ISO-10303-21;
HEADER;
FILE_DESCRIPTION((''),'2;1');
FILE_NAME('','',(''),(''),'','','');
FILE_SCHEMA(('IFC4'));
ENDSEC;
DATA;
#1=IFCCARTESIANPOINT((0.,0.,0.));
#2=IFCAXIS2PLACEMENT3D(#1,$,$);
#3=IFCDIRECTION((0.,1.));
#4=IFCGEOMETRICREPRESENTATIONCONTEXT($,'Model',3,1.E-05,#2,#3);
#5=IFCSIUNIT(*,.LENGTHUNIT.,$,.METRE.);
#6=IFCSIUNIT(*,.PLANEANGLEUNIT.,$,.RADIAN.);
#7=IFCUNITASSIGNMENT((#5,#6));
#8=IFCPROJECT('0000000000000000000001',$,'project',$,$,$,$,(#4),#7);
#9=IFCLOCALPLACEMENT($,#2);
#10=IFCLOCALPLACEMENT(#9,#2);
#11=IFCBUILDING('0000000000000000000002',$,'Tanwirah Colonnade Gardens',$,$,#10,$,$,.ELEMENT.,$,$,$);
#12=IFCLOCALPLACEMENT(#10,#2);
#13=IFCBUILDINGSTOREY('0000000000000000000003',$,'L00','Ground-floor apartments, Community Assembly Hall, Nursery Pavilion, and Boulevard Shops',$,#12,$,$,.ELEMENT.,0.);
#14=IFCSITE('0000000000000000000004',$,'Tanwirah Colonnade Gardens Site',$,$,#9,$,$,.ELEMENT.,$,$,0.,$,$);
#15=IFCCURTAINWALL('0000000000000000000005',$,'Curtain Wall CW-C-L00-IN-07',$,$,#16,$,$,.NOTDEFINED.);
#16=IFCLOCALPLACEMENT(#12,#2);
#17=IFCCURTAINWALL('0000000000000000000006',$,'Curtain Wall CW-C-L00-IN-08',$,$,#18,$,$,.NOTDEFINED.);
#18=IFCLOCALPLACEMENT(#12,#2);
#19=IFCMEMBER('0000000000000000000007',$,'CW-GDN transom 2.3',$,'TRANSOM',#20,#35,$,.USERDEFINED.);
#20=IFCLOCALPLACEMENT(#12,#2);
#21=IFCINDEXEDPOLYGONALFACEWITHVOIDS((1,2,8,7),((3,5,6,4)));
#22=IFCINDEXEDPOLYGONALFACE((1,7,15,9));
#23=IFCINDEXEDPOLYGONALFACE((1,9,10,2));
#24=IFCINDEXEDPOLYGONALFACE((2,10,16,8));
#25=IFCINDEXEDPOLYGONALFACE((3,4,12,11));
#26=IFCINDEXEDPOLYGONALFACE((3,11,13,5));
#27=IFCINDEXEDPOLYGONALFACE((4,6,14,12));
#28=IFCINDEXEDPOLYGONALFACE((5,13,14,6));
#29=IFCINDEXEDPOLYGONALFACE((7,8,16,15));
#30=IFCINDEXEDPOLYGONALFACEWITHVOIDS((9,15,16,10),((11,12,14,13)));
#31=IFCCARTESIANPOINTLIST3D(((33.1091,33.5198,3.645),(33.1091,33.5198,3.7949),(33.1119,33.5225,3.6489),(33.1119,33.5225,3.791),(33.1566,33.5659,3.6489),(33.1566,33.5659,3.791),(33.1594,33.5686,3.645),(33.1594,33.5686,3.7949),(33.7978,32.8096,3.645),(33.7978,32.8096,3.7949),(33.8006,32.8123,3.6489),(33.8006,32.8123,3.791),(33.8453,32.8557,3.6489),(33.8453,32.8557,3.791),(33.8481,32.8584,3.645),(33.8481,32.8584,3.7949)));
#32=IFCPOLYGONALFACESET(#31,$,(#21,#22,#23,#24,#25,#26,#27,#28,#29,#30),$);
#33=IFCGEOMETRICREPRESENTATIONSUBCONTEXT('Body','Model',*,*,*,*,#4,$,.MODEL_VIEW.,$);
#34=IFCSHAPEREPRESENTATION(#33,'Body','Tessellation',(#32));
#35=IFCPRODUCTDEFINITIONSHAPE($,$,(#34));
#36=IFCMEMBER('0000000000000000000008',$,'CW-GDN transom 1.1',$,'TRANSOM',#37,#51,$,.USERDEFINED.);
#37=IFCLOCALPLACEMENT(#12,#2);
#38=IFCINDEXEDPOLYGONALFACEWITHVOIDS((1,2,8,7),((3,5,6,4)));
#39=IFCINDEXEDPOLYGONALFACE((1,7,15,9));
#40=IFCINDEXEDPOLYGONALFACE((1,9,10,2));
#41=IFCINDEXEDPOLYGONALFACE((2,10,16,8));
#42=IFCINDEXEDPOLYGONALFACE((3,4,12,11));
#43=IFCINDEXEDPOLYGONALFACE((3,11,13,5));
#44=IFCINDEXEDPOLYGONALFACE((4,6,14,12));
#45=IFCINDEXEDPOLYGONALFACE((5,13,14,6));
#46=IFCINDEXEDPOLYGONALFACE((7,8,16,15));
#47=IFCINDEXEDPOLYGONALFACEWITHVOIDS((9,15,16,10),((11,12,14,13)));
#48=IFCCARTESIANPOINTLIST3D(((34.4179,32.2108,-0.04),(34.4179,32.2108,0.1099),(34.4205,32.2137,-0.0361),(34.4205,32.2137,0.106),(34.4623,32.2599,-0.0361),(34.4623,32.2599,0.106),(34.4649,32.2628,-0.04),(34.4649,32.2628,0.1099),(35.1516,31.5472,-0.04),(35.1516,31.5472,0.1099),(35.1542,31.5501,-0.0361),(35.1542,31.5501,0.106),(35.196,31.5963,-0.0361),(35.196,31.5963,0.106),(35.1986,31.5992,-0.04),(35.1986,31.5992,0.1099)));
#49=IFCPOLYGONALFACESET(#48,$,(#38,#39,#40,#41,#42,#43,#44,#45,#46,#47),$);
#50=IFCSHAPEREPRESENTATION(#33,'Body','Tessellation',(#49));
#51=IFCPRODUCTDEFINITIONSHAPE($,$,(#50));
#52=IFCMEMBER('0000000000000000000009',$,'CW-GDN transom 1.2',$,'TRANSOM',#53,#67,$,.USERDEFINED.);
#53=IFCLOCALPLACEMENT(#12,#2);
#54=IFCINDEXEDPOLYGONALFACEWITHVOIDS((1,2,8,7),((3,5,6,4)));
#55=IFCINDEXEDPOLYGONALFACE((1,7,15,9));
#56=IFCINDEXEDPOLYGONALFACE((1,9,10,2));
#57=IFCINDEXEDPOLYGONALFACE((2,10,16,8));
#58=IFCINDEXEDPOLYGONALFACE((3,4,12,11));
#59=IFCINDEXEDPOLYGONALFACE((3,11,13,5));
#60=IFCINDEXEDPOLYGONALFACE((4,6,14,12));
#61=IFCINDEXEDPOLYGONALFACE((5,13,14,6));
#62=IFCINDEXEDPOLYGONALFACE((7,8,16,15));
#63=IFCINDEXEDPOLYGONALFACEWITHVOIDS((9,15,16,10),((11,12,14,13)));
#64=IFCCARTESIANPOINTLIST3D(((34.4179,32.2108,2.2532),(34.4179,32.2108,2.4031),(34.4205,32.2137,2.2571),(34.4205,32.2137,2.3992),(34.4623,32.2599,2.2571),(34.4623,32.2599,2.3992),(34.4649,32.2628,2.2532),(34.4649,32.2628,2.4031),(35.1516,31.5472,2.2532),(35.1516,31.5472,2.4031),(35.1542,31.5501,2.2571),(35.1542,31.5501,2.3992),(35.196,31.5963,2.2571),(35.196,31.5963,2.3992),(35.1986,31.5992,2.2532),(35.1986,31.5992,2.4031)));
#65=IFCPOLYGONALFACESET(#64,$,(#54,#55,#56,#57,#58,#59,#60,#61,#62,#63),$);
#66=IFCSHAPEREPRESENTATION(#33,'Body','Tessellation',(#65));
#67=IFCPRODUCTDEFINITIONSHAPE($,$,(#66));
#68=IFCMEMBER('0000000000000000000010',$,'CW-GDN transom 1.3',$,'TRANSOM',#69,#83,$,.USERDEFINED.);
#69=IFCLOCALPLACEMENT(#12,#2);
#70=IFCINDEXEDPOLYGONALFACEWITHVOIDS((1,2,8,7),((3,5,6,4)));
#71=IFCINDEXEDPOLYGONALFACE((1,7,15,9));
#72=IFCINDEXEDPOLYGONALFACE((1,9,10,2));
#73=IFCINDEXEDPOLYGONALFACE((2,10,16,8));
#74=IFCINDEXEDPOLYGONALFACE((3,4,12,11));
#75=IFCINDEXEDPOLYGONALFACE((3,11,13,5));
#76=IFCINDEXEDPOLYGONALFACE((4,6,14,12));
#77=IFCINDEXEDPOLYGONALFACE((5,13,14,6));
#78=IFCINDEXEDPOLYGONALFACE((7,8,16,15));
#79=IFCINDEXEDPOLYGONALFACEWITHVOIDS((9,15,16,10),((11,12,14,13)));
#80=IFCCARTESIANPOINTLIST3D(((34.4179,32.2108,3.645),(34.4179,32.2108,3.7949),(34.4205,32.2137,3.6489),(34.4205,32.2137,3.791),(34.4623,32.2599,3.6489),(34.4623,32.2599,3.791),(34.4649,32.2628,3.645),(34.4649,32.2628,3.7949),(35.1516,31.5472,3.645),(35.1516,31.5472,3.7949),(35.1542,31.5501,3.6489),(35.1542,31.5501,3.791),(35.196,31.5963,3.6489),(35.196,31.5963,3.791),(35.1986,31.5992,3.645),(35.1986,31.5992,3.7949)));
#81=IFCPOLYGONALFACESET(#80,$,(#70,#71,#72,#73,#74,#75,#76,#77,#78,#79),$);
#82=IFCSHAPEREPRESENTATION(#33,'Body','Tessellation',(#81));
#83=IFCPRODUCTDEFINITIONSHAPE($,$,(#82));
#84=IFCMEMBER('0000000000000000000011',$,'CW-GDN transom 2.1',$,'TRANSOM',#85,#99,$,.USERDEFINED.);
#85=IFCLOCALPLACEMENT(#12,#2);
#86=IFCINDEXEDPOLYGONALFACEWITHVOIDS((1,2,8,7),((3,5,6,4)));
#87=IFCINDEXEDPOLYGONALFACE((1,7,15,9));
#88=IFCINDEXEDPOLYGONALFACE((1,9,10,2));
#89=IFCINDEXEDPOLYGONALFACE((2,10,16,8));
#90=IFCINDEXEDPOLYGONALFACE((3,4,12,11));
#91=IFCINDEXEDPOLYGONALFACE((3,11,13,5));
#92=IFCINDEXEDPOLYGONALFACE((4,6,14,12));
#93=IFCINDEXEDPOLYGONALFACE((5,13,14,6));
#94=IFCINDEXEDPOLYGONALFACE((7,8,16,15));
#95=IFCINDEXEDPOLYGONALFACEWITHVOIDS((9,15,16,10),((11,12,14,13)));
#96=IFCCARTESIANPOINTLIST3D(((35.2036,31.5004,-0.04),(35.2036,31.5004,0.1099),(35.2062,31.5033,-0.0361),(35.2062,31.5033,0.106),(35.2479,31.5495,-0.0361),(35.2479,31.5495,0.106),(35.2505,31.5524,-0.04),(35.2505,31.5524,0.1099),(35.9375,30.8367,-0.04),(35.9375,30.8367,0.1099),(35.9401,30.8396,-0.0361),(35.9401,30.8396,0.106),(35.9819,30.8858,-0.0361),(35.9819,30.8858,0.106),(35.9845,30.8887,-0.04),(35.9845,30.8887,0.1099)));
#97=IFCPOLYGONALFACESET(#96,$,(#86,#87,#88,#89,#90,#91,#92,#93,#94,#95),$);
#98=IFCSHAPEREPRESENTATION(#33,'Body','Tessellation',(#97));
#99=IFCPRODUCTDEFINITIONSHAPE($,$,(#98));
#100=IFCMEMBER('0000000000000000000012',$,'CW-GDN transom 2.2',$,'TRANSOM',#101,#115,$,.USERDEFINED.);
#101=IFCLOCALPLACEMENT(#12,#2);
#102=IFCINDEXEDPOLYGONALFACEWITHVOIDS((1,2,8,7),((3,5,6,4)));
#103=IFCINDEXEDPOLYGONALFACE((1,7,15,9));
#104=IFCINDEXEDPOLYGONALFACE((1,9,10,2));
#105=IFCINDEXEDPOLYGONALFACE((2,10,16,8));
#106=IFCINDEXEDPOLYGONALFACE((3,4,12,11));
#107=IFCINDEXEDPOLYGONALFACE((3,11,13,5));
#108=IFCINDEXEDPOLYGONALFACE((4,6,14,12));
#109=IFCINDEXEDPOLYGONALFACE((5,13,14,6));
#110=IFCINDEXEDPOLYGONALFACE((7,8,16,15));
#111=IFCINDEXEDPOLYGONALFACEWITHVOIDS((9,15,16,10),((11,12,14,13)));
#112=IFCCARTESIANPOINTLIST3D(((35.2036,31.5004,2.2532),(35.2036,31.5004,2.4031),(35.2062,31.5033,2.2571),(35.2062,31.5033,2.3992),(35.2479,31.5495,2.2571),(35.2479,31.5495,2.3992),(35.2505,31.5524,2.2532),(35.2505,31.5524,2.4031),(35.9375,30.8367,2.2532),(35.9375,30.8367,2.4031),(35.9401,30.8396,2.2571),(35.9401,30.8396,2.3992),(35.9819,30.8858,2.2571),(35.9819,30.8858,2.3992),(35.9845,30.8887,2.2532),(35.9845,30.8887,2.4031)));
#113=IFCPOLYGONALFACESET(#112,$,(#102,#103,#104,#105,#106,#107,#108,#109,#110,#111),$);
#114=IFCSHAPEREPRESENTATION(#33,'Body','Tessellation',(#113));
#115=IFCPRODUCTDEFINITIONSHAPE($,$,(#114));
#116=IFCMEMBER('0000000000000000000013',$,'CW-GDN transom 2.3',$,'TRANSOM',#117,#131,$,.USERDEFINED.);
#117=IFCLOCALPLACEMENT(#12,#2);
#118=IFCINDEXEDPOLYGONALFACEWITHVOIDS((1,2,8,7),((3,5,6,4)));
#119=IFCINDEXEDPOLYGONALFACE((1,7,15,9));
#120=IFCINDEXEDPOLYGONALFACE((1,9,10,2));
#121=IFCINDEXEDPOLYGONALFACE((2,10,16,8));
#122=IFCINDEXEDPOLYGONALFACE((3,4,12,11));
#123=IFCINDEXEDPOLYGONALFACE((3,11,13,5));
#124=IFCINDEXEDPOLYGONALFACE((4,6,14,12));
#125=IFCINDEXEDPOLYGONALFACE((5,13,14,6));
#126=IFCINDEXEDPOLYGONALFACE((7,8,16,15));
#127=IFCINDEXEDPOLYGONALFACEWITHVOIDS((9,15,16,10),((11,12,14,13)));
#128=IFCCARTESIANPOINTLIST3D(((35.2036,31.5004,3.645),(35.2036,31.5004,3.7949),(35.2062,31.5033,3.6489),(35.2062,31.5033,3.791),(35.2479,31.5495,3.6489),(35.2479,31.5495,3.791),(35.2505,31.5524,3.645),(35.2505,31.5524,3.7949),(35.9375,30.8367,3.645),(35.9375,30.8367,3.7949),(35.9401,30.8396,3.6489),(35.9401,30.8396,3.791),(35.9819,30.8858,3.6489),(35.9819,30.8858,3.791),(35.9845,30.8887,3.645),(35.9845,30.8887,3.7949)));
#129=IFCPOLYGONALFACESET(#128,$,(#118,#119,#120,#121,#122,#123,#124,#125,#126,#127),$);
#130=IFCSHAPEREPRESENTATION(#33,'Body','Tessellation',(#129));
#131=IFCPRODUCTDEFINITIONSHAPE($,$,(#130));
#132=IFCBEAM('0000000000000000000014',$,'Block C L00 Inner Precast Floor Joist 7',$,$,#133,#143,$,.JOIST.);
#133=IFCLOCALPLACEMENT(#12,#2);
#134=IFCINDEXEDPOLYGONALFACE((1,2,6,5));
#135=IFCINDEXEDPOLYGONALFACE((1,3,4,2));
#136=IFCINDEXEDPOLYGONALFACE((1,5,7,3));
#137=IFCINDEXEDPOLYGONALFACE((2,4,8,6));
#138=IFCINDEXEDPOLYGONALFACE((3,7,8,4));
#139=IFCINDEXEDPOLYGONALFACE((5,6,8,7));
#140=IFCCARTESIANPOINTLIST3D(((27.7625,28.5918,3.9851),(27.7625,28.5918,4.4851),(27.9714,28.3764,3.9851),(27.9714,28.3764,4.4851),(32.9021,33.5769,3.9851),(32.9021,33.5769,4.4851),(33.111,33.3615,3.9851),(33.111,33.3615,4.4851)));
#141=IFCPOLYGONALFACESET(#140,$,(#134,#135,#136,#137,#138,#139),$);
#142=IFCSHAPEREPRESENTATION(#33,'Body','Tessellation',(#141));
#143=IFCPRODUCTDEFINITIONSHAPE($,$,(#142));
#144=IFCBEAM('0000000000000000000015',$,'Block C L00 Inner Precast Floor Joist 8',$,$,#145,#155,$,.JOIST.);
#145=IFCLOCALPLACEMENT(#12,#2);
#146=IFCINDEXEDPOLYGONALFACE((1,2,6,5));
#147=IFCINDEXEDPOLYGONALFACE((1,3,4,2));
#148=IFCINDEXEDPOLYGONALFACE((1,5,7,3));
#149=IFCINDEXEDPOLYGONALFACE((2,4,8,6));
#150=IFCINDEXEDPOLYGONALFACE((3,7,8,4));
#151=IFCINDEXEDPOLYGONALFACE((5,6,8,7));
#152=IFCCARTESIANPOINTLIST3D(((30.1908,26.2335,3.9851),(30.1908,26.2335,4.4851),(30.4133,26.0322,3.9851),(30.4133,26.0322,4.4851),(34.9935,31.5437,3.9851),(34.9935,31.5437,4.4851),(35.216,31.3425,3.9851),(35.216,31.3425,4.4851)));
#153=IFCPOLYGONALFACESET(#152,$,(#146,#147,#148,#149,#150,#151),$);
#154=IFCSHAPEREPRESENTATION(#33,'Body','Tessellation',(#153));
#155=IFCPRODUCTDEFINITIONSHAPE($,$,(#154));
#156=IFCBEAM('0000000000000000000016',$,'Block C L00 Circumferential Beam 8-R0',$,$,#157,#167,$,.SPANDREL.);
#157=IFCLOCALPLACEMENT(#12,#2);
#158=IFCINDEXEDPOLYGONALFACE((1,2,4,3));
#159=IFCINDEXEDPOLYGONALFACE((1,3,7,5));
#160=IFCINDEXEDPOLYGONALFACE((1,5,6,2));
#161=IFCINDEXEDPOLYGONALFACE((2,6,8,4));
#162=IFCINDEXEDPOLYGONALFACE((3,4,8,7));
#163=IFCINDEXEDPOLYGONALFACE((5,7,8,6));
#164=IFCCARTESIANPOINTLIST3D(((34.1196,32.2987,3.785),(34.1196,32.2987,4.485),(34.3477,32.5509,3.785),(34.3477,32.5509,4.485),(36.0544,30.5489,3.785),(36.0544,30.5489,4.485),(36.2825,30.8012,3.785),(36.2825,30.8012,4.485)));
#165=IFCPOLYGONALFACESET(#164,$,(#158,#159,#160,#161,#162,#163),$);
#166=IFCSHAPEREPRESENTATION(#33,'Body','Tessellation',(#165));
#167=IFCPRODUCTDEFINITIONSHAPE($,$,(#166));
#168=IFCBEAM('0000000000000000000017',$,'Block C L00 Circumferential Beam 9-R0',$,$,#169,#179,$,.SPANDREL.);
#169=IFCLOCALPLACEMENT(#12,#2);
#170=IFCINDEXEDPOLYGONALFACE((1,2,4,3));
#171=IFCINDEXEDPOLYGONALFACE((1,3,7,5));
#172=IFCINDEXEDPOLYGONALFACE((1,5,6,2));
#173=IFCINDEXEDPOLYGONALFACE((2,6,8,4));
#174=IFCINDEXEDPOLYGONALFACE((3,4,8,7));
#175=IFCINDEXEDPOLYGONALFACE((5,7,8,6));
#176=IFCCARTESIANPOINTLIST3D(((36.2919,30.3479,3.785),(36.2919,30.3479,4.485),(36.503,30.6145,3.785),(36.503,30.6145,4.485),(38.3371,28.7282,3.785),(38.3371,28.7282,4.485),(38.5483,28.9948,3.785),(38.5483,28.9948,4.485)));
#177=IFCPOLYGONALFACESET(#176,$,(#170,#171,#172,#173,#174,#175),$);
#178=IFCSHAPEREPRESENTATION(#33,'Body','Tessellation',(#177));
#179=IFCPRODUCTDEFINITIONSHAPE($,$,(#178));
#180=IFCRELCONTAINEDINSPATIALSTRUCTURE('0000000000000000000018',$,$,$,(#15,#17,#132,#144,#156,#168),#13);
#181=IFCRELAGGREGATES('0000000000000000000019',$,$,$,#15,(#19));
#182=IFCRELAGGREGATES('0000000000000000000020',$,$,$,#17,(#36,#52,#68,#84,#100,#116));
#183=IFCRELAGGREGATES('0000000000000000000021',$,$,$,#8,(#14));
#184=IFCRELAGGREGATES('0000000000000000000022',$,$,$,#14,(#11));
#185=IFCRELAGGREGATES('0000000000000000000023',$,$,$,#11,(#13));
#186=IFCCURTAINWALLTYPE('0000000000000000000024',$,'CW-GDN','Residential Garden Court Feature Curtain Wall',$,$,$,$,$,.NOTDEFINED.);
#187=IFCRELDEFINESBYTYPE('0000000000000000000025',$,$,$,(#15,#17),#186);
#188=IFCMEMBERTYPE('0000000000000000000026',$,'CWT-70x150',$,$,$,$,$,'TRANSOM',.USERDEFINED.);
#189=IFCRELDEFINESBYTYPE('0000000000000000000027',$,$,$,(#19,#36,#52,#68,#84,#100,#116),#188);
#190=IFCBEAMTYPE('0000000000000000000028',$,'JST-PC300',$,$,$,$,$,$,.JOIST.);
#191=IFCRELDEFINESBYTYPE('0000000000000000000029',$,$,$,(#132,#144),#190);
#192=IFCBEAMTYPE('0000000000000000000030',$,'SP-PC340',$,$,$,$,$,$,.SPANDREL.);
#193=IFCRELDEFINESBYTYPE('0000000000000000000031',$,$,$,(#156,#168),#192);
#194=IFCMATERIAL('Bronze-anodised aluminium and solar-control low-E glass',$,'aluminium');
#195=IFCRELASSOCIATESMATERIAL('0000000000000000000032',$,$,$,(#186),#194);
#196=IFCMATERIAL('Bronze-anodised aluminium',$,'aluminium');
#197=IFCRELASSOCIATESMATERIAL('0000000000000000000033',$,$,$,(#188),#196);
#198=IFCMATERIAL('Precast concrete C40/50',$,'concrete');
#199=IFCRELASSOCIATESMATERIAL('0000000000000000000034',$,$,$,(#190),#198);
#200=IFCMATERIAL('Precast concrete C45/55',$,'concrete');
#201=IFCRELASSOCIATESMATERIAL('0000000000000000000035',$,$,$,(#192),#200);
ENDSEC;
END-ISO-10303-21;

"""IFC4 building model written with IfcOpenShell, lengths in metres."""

from ifc_helpers import new_model, si_unit, direction, frame, origin, origin_2d, place, context, subcontext, project, spatial, rectangle, hollow_rectangle, extrude, material, material_profile, profile_set, type_object, element, aggregate, save


model = new_model("IFC4")

# Units and contexts
model_context = context("Model", 3, precision=1e-05, world=origin(), true_north=direction((0.0, 1.0)))
body_context = subcontext(model_context, "Body", "Model", "MODEL_VIEW")
ifc_project = project(units=[si_unit("LENGTHUNIT", "METRE"), si_unit("PLANEANGLEUNIT", "RADIAN")], contexts=[model_context])

# Site, building, storey
site_placement = place(None, origin())
site = spatial("IfcSite", under=ifc_project, at=site_placement, Name="Tanwirah Colonnade Gardens Site", CompositionType="ELEMENT", RefElevation=0.0)
building_placement = place(site_placement, origin())
building = spatial("IfcBuilding", under=site, at=building_placement, Name="Tanwirah Colonnade Gardens", CompositionType="ELEMENT")
storey_placement = place(building_placement, origin())
storey = spatial("IfcBuildingStorey", under=building, at=storey_placement, Name="L00", Description="Ground-floor apartments, Community Assembly Hall, Nursery Pavilion, and Boulevard Shops", CompositionType="ELEMENT", Elevation=0.0)

# Shared definitions
ifc_material_1 = material(Name="Precast concrete C45/55", Category="concrete")

# Shared definitions
ifc_material_2 = material(Name="Precast concrete C40/50", Category="concrete")

# Curtain walls
ifc_material_3 = material(Name="Bronze-anodised aluminium and solar-control low-E glass", Category="aluminium")
curtain_wall_type = type_object("IfcCurtainWallType", Name="CW-GDN", Description="Residential Garden Court Feature Curtain Wall", PredefinedType="NOTDEFINED", material=ifc_material_3)
curtain_wall_1_placement = place(storey_placement, origin())
curtain_wall_1 = element("IfcCurtainWall", 1, at=curtain_wall_1_placement, inside=storey, type_object=curtain_wall_type, Name="Curtain Wall CW-C-L00-IN-07", PredefinedType="NOTDEFINED")
ifc_material_4 = material(Name="Bronze-anodised aluminium", Category="aluminium")
curtain_wall_2_placement = place(storey_placement, origin())
curtain_wall_2 = element("IfcCurtainWall", 2, at=curtain_wall_2_placement, inside=storey, type_object=curtain_wall_type, Name="Curtain Wall CW-C-L00-IN-08", PredefinedType="NOTDEFINED")

# Members
ifc_material_profile_1 = material_profile(ifc_material_4, hollow_rectangle(XDim=0.0701, YDim=0.1499, WallThickness=0.0039, at=origin_2d()), Name="CW-TRN 70x150x4")
ifc_profile_set_1 = profile_set([ifc_material_profile_1], Name="Bronze-anodised aluminium")
member_type_1 = type_object("IfcMemberType", Name="CWT-70x150", ElementType="TRANSOM", PredefinedType="USERDEFINED", material=ifc_profile_set_1)
member_1_placement = place(storey_placement, frame((33.1343, 33.5442, 3.72), z_axis=(0.696165, -0.717882, 0.0), x_axis=(0.717882, 0.696165, 0.0)))
member_1 = element("IfcMember", 3, at=member_1_placement, type_object=member_type_1, Name="CW-GDN transom 2.3", ObjectType="TRANSOM", PredefinedType="USERDEFINED", context=body_context, shape_type="SweptSolid", body=[
    extrude(hollow_rectangle(XDim=0.0701, YDim=0.1499, WallThickness=0.0039, at=origin_2d()), origin(), (0.0, 0.0, 1.0), 0.9893),
])
member_2_placement = place(storey_placement, frame((34.4414, 32.2368, 0.0349), z_axis=(0.741635, -0.670803, 0.0), x_axis=(0.670803, 0.741635, 0.0)))
member_2 = element("IfcMember", 4, at=member_2_placement, type_object=member_type_1, Name="CW-GDN transom 1.1", ObjectType="TRANSOM", PredefinedType="USERDEFINED", context=body_context, shape_type="SweptSolid", body=[
    extrude(hollow_rectangle(XDim=0.0701, YDim=0.1499, WallThickness=0.0039, at=origin_2d()), origin(), (0.0, 0.0, 1.0), 0.9893),
])
member_3_placement = place(storey_placement, frame((34.4414, 32.2368, 2.3281), z_axis=(0.741635, -0.670803, 0.0), x_axis=(0.670803, 0.741635, 0.0)))
member_3 = element("IfcMember", 5, at=member_3_placement, type_object=member_type_1, Name="CW-GDN transom 1.2", ObjectType="TRANSOM", PredefinedType="USERDEFINED", context=body_context, shape_type="SweptSolid", body=[
    extrude(hollow_rectangle(XDim=0.0701, YDim=0.1499, WallThickness=0.0039, at=origin_2d()), origin(), (0.0, 0.0, 1.0), 0.9893),
])
member_4_placement = place(storey_placement, frame((34.4414, 32.2368, 3.72), z_axis=(0.741635, -0.670803, 0.0), x_axis=(0.670803, 0.741635, 0.0)))
member_4 = element("IfcMember", 6, at=member_4_placement, type_object=member_type_1, Name="CW-GDN transom 1.3", ObjectType="TRANSOM", PredefinedType="USERDEFINED", context=body_context, shape_type="SweptSolid", body=[
    extrude(hollow_rectangle(XDim=0.0701, YDim=0.1499, WallThickness=0.0039, at=origin_2d()), origin(), (0.0, 0.0, 1.0), 0.9893),
])
member_5_placement = place(storey_placement, frame((35.2271, 31.5264, 0.0349), z_axis=(0.741746, -0.670681, 0.0), x_axis=(0.670681, 0.741746, 0.0)))
member_5 = element("IfcMember", 7, at=member_5_placement, type_object=member_type_1, Name="CW-GDN transom 2.1", ObjectType="TRANSOM", PredefinedType="USERDEFINED", context=body_context, shape_type="SweptSolid", body=[
    extrude(hollow_rectangle(XDim=0.0701, YDim=0.1499, WallThickness=0.0039, at=origin_2d()), origin(), (0.0, 0.0, 1.0), 0.9895),
])
member_6_placement = place(storey_placement, frame((35.2271, 31.5264, 2.3281), z_axis=(0.741746, -0.670681, 0.0), x_axis=(0.670681, 0.741746, 0.0)))
member_6 = element("IfcMember", 8, at=member_6_placement, type_object=member_type_1, Name="CW-GDN transom 2.2", ObjectType="TRANSOM", PredefinedType="USERDEFINED", context=body_context, shape_type="SweptSolid", body=[
    extrude(hollow_rectangle(XDim=0.0701, YDim=0.1499, WallThickness=0.0039, at=origin_2d()), origin(), (0.0, 0.0, 1.0), 0.9895),
])
member_7_placement = place(storey_placement, frame((35.2271, 31.5264, 3.72), z_axis=(0.741746, -0.670681, 0.0), x_axis=(0.670681, 0.741746, 0.0)))
member_7 = element("IfcMember", 9, at=member_7_placement, type_object=member_type_1, Name="CW-GDN transom 2.3", ObjectType="TRANSOM", PredefinedType="USERDEFINED", context=body_context, shape_type="SweptSolid", body=[
    extrude(hollow_rectangle(XDim=0.0701, YDim=0.1499, WallThickness=0.0039, at=origin_2d()), origin(), (0.0, 0.0, 1.0), 0.9895),
])

# Beams
ifc_material_profile_2 = material_profile(ifc_material_2, rectangle(XDim=0.3, YDim=0.5, at=origin_2d()), Name="PC-JST 300x500")
ifc_profile_set_2 = profile_set([ifc_material_profile_2], Name="Precast concrete C40/50")
beam_type_1 = type_object("IfcBeamType", Name="JST-PC300", PredefinedType="JOIST", material=ifc_profile_set_2)
beam_1_placement = place(storey_placement, frame((33.0066, 33.4692, 4.2351), z_axis=(-0.717816, -0.696233, 0.0), x_axis=(0.696233, -0.717816, 0.0)))
element("IfcBeam", 10, at=beam_1_placement, inside=storey, type_object=beam_type_1, Name="Block C L00 Inner Precast Floor Joist 7", PredefinedType="JOIST", context=body_context, shape_type="SweptSolid", body=[
    extrude(rectangle(XDim=0.3, YDim=0.5, at=origin_2d()), origin(), (0.0, 0.0, 1.0), 7.1602),
])
beam_2_placement = place(storey_placement, frame((35.1047, 31.4431, 4.2351), z_axis=(-0.670773, -0.741663, 0.0), x_axis=(0.741663, -0.670773, 0.0)))
element("IfcBeam", 11, at=beam_2_placement, inside=storey, type_object=beam_type_1, Name="Block C L00 Inner Precast Floor Joist 8", PredefinedType="JOIST", context=body_context, shape_type="SweptSolid", body=[
    extrude(rectangle(XDim=0.3, YDim=0.5, at=origin_2d()), origin(), (0.0, 0.0, 1.0), 7.1599),
])
ifc_material_profile_3 = material_profile(ifc_material_1, rectangle(XDim=0.3401, YDim=0.7, at=origin_2d()), Name="PC-SP 340x700")
ifc_profile_set_3 = profile_set([ifc_material_profile_3], Name="Precast concrete C45/55")
beam_type_2 = type_object("IfcBeamType", Name="SP-PC340", PredefinedType="SPANDREL", material=ifc_profile_set_3)
beam_3_placement = place(storey_placement, frame((34.2336, 32.4248, 4.135), z_axis=(0.741687, -0.670747, 0.0), x_axis=(0.670747, 0.741687, 0.0)))
element("IfcBeam", 12, at=beam_3_placement, inside=storey, type_object=beam_type_2, Name="Block C L00 Circumferential Beam 8-R0", PredefinedType="SPANDREL", context=body_context, shape_type="SweptSolid", body=[
    extrude(rectangle(XDim=0.3401, YDim=0.7, at=origin_2d()), origin(), (0.0, 0.0, 1.0), 2.6086),
])
beam_4_placement = place(storey_placement, frame((36.3975, 30.4812, 4.135), z_axis=(0.783945, -0.62083, 0.0), x_axis=(0.62083, 0.783945, 0.0)))
element("IfcBeam", 13, at=beam_4_placement, inside=storey, type_object=beam_type_2, Name="Block C L00 Circumferential Beam 9-R0", PredefinedType="SPANDREL", context=body_context, shape_type="SweptSolid", body=[
    extrude(rectangle(XDim=0.3401, YDim=0.7, at=origin_2d()), origin(), (0.0, 0.0, 1.0), 2.6089),
])

aggregate(curtain_wall_1, [member_1])
aggregate(curtain_wall_2, [member_2, member_3, member_4, member_5, member_6, member_7])

save(model, "model.ifc")
